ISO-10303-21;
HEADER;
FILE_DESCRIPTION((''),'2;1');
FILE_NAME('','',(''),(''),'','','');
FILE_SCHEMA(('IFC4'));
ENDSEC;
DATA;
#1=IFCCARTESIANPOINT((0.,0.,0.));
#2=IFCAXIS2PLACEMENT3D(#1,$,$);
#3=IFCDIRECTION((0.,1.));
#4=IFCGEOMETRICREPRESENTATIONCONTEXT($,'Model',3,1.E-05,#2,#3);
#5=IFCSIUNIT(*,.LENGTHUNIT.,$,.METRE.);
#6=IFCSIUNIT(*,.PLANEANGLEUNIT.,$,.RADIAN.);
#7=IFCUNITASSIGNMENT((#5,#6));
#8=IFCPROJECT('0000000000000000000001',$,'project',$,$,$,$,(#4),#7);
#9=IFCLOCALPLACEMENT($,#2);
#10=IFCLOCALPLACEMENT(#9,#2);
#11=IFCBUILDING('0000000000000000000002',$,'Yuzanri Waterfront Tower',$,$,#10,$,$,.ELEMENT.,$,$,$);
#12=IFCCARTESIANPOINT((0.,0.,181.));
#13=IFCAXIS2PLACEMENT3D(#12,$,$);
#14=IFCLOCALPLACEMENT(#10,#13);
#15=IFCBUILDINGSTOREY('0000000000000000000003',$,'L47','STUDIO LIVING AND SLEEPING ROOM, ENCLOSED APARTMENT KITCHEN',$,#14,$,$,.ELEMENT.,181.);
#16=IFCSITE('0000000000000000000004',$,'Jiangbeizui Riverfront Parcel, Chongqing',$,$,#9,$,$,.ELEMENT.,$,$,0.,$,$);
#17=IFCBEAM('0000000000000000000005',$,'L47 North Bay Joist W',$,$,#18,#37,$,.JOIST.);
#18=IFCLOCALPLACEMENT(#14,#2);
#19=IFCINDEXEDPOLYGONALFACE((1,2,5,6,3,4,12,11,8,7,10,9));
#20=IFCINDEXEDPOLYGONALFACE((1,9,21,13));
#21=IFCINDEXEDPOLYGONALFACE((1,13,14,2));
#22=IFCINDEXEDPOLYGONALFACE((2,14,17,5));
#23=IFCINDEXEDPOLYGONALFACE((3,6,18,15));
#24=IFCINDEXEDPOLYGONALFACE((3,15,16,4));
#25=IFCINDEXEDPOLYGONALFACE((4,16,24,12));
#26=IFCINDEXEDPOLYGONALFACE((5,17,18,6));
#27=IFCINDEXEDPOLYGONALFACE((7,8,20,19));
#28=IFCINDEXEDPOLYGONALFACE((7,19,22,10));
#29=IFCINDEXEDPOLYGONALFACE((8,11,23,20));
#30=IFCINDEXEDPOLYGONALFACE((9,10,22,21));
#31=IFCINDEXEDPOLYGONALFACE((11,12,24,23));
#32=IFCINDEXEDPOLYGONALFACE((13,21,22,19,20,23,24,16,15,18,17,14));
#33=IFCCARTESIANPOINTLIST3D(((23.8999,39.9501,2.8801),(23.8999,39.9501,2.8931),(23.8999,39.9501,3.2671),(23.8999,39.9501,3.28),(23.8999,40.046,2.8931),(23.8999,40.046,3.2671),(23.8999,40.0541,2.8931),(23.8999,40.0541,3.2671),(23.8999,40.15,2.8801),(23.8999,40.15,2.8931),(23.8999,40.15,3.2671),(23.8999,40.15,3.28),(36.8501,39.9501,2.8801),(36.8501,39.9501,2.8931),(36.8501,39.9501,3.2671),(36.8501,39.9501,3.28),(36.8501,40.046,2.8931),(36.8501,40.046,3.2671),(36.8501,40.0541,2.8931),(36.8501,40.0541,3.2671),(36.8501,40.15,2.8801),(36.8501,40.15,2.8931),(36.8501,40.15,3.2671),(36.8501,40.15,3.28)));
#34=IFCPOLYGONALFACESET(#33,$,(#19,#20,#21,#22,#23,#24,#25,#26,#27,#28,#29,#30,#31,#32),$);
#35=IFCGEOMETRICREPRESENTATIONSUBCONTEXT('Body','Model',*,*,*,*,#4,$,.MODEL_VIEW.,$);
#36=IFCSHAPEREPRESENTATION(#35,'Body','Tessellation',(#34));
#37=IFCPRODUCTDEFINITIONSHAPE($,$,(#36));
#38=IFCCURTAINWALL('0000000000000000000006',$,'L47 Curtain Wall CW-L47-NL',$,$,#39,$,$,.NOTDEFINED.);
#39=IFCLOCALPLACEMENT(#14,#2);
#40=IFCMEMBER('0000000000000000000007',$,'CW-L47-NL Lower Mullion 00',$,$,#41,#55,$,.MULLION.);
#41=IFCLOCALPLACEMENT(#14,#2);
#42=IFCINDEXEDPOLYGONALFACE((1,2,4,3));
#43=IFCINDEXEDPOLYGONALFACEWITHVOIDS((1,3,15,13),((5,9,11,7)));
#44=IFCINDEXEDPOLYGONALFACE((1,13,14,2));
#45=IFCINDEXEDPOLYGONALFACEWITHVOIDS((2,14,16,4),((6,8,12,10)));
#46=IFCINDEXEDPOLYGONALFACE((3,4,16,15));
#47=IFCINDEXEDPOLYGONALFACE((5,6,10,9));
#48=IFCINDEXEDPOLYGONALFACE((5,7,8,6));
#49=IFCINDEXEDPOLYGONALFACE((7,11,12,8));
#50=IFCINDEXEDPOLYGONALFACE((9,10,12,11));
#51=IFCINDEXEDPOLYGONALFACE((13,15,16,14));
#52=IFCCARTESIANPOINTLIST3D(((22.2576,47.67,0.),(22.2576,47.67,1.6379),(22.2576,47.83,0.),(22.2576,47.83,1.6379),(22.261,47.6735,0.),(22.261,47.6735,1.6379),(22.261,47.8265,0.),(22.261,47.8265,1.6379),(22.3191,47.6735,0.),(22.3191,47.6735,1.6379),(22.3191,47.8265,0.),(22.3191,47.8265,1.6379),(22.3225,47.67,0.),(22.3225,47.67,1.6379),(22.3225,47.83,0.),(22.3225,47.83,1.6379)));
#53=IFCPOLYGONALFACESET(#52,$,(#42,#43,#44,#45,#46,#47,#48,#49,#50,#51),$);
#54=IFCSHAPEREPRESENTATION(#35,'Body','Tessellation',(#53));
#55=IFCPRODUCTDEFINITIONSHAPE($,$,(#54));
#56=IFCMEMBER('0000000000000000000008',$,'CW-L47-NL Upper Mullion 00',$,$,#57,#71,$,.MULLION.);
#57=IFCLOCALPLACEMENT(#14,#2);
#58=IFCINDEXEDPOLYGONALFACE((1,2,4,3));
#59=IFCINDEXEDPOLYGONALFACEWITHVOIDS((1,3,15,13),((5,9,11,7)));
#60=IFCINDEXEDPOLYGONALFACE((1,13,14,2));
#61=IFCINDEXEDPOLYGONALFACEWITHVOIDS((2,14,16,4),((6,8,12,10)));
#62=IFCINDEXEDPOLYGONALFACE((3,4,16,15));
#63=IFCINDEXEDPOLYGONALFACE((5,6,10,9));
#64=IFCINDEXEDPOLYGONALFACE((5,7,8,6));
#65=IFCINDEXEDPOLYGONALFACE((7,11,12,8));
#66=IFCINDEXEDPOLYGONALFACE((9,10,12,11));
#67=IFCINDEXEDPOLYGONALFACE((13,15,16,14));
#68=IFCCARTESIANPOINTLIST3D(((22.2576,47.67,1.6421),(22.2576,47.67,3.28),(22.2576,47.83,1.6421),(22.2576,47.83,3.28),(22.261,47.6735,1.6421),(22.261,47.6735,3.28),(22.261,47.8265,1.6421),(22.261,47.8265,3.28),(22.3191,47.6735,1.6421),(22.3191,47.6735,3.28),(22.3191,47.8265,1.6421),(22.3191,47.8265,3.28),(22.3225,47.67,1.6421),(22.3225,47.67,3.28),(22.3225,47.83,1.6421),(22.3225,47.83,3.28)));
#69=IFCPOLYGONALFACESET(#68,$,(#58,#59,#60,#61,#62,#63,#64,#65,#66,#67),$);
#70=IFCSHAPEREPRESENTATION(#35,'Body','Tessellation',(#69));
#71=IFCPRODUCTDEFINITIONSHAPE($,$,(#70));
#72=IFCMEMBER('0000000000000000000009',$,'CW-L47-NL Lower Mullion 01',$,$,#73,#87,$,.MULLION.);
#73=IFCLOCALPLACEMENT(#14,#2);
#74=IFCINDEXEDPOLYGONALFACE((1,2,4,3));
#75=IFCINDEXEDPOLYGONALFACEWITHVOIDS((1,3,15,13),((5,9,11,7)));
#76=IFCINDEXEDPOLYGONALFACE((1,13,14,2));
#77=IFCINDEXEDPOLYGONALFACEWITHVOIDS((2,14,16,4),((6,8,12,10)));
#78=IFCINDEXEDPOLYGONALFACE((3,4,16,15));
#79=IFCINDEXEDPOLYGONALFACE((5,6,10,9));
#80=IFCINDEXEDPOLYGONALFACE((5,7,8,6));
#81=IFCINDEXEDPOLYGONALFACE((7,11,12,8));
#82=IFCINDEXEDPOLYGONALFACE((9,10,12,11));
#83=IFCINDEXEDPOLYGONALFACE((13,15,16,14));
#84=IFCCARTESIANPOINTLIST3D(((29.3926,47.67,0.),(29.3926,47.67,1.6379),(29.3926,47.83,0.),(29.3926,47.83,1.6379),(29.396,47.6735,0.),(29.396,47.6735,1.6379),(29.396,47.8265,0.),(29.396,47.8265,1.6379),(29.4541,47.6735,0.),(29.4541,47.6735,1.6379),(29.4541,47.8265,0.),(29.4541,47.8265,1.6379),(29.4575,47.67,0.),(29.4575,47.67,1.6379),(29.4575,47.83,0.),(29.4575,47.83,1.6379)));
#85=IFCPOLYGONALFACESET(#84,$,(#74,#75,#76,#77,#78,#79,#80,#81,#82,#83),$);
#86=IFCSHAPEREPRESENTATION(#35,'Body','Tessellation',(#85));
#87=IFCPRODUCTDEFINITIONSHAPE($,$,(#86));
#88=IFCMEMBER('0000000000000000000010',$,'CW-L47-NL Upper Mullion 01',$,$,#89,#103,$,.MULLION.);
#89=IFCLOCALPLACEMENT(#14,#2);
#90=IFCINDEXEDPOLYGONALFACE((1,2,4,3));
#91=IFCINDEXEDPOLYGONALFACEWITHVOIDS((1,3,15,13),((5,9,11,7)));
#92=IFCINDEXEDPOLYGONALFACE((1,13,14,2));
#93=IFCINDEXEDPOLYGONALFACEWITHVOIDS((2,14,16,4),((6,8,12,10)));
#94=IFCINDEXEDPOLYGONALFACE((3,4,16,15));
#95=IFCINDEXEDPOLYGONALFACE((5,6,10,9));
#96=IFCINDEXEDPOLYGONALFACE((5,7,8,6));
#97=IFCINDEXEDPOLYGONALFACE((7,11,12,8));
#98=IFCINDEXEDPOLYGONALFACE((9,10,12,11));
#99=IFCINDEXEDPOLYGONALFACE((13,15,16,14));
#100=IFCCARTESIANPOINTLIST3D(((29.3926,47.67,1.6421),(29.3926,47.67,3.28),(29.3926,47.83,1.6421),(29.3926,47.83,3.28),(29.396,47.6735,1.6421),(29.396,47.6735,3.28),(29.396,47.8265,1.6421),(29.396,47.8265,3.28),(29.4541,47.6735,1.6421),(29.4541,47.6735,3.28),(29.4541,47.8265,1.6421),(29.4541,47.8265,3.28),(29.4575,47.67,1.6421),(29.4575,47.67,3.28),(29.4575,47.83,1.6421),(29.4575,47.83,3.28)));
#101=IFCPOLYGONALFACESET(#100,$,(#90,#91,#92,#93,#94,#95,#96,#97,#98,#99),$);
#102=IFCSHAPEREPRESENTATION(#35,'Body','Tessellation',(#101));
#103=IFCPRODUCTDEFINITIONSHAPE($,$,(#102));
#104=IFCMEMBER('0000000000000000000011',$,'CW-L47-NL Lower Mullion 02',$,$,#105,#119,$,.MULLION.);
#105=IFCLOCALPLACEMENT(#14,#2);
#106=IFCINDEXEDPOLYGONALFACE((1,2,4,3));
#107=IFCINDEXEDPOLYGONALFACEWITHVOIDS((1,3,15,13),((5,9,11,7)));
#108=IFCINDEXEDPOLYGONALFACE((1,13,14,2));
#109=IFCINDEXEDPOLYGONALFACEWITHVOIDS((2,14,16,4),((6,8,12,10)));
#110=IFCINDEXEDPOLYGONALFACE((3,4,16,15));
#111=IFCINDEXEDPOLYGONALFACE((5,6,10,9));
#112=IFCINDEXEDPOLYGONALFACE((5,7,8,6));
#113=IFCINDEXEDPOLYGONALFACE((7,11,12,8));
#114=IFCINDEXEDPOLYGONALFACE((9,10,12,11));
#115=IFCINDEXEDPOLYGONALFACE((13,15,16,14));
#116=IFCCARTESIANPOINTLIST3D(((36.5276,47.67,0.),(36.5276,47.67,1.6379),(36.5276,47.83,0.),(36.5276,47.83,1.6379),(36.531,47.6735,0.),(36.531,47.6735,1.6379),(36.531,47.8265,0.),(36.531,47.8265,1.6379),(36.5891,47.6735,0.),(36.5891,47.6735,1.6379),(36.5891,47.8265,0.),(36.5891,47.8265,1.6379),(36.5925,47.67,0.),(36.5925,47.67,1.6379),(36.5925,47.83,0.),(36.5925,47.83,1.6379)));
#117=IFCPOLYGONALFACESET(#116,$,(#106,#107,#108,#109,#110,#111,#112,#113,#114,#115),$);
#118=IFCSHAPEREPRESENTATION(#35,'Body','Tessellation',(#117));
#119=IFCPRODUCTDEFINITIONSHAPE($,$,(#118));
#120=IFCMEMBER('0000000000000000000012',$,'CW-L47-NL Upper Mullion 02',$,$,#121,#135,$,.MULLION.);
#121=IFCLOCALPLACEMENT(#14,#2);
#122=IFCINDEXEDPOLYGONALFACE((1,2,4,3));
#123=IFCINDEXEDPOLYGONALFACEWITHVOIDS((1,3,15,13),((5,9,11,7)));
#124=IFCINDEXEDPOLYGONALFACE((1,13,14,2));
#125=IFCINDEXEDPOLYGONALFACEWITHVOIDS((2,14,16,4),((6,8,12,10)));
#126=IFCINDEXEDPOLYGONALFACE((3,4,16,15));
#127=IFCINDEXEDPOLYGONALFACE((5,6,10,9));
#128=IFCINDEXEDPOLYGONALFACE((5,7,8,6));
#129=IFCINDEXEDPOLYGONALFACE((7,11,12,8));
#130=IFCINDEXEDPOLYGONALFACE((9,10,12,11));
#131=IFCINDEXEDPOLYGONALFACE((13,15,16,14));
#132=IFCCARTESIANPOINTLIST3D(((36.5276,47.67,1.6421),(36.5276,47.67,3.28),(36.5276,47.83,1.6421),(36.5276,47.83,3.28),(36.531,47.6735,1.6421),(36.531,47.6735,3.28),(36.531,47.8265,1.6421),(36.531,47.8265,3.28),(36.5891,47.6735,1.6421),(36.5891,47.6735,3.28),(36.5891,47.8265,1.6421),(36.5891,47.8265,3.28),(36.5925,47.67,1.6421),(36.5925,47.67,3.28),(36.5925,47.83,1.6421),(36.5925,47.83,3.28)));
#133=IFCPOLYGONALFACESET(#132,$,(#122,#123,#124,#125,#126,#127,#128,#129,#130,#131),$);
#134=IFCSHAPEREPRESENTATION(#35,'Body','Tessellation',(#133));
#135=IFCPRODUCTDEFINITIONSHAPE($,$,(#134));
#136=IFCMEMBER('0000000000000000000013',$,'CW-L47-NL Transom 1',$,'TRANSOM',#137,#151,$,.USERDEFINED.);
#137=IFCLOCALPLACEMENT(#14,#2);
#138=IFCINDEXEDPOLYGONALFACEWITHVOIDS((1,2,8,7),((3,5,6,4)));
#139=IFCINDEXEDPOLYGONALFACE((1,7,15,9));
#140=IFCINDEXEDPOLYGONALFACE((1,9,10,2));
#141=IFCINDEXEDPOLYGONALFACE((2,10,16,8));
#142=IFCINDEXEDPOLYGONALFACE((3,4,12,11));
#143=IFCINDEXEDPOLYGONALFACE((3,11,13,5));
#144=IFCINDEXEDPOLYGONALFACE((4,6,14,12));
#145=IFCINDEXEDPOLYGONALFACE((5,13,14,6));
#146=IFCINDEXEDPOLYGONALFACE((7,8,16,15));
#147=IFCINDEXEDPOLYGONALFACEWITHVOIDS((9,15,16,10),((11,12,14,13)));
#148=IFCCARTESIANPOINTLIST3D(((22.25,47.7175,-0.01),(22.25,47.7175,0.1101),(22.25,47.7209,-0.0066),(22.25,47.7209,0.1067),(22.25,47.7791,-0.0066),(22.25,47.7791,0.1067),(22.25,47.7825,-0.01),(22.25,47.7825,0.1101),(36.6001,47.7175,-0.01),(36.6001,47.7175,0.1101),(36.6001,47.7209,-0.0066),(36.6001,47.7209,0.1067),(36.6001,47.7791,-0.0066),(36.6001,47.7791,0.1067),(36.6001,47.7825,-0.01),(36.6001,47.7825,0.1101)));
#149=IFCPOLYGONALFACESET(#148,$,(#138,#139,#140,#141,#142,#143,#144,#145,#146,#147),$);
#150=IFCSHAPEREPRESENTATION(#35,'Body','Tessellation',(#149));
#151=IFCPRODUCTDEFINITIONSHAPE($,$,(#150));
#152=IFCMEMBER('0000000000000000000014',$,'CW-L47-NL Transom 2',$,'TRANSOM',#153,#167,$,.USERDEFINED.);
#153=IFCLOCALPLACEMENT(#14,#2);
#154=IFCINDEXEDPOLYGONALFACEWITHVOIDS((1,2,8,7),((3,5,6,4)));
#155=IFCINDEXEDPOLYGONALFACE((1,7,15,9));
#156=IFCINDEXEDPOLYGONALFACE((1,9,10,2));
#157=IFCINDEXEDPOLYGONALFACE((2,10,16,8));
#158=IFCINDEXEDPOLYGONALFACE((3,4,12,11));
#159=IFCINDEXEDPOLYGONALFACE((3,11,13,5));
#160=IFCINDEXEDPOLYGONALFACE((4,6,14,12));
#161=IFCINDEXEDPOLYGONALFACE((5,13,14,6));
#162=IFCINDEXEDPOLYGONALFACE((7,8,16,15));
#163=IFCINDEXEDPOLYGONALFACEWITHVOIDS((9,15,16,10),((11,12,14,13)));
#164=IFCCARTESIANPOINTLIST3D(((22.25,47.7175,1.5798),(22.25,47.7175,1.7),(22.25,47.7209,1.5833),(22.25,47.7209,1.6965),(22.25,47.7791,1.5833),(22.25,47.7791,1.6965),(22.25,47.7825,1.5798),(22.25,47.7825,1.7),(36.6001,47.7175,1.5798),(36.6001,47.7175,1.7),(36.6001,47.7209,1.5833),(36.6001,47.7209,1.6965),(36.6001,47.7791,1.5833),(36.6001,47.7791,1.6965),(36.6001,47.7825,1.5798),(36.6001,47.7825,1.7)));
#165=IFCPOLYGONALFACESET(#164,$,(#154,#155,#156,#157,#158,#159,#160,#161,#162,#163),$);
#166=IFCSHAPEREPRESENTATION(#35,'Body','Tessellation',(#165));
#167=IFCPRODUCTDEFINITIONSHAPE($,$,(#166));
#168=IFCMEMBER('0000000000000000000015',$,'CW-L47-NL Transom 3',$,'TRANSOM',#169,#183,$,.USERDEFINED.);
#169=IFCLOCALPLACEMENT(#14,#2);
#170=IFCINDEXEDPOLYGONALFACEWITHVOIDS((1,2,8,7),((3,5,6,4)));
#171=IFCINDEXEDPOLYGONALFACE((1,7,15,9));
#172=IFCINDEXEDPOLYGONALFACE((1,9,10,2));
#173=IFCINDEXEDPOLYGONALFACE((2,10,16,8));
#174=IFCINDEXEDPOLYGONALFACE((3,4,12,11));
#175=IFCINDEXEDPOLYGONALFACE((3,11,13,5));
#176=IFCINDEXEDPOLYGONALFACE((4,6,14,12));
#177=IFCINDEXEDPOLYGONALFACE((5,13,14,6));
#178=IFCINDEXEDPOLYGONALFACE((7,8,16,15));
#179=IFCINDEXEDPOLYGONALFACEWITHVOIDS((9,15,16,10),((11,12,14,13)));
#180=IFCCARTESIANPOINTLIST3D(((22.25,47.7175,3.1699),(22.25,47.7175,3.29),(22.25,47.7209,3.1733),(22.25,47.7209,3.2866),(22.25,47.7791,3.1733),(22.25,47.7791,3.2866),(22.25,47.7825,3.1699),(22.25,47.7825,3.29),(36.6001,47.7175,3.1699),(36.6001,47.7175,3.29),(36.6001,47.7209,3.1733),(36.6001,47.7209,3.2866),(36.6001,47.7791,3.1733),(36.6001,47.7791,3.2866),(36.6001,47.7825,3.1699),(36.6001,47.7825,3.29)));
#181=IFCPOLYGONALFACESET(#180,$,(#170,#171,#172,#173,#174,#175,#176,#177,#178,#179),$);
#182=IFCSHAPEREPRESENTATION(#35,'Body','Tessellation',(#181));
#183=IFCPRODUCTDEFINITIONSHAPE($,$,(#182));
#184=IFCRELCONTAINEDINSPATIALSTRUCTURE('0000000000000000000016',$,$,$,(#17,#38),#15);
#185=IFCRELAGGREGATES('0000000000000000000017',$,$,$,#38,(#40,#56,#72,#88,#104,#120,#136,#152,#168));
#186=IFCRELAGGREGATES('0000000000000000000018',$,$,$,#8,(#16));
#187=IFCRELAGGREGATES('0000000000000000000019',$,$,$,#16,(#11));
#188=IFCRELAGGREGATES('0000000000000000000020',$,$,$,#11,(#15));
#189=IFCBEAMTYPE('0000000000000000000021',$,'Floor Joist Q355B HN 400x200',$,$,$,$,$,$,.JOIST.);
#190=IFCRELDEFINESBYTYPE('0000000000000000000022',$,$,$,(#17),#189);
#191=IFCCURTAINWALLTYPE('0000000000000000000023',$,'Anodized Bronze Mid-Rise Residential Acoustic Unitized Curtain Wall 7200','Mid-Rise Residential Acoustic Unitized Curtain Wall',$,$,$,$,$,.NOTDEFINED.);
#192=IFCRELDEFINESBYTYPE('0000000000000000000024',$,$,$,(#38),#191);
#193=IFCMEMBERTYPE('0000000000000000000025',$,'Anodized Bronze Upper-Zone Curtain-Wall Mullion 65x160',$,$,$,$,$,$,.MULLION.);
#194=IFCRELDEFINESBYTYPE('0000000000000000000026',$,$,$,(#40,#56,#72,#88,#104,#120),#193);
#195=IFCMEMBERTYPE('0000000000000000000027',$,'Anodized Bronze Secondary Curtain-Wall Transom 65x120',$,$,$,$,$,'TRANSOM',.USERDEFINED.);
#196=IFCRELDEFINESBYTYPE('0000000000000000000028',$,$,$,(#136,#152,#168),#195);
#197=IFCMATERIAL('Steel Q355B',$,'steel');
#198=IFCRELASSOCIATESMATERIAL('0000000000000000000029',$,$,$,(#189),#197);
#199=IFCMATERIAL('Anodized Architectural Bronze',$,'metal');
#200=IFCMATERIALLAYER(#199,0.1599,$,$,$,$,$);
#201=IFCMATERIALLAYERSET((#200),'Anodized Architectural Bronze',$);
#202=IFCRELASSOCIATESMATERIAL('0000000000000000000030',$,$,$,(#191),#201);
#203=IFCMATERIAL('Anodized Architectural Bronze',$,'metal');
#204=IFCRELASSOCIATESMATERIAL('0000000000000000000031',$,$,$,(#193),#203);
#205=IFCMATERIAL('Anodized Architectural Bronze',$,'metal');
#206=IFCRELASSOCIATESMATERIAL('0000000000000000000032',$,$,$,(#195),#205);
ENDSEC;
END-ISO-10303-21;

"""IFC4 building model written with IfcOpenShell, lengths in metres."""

from ifc_helpers import new_model, si_unit, direction, frame, origin, origin_2d, place, context, subcontext, project, spatial, hollow_rectangle, i_section, extrude, source, transform, mapped, material, layer, layer_set, material_profile, profile_set, type_object, element, aggregate, save


model = new_model("IFC4")

# Units and contexts
model_context = context("Model", 3, precision=1e-05, world=origin(), true_north=direction((0.0, 1.0)))
body_context = subcontext(model_context, "Body", "Model", "MODEL_VIEW")
ifc_project = project(units=[si_unit("LENGTHUNIT", "METRE"), si_unit("PLANEANGLEUNIT", "RADIAN")], contexts=[model_context])

# Site, building, storey
site_placement = place(None, origin())
site = spatial("IfcSite", under=ifc_project, at=site_placement, Name="Jiangbeizui Riverfront Parcel, Chongqing", CompositionType="ELEMENT", RefElevation=0.0)
building_placement = place(site_placement, origin())
building = spatial("IfcBuilding", under=site, at=building_placement, Name="Yuzanri Waterfront Tower", CompositionType="ELEMENT")
storey_placement = place(building_placement, frame((0.0, 0.0, 181.0)))
storey = spatial("IfcBuildingStorey", under=building, at=storey_placement, Name="L47", Description="STUDIO LIVING AND SLEEPING ROOM, ENCLOSED APARTMENT KITCHEN", CompositionType="ELEMENT", Elevation=181.0)

# Beam
ifc_material_1 = material(Name="Steel Q355B", Category="steel")
ifc_material_profile_1 = material_profile(ifc_material_1, i_section(OverallWidth=0.2, OverallDepth=0.3999, WebThickness=0.0081, FlangeThickness=0.0129, at=origin_2d()), Name="HN 400x200x8x13")
ifc_profile_set_1 = profile_set([ifc_material_profile_1], Name="Steel Q355B")
beam_type = type_object("IfcBeamType", Name="Floor Joist Q355B HN 400x200", PredefinedType="JOIST", material=ifc_profile_set_1)
shared_shape_1 = source(origin(), body_context, "Body", "SweptSolid", [
    extrude(i_section(OverallWidth=0.2, OverallDepth=0.3999, WebThickness=0.0081, FlangeThickness=0.0129, at=origin_2d()), origin(), (0.0, 0.0, 1.0), 12.9502),
])
beam_placement = place(storey_placement, frame((23.8999, 40.05, 3.0801), z_axis=(1.0, 0.0, 0.0), x_axis=(0.0, 1.0, 0.0)))
element("IfcBeam", 1, at=beam_placement, inside=storey, type_object=beam_type, Name="L47 North Bay Joist W", PredefinedType="JOIST", context=body_context, shape_type="MappedRepresentation", body=[
    mapped(shared_shape_1, transform((0.0, 0.0, 0.0), scale=1.0)),
])

# Curtain wall, members
ifc_material_2 = material(Name="Anodized Architectural Bronze", Category="metal")
ifc_layer_1 = layer(ifc_material_2, 0.1599)
ifc_layer_set_1 = layer_set([ifc_layer_1], Name="Anodized Architectural Bronze")
curtain_wall_type = type_object("IfcCurtainWallType", Name="Anodized Bronze Mid-Rise Residential Acoustic Unitized Curtain Wall 7200", Description="Mid-Rise Residential Acoustic Unitized Curtain Wall", PredefinedType="NOTDEFINED", material=ifc_layer_set_1)
curtain_wall_placement = place(storey_placement, origin())
curtain_wall = element("IfcCurtainWall", 2, at=curtain_wall_placement, inside=storey, type_object=curtain_wall_type, Name="L47 Curtain Wall CW-L47-NL", PredefinedType="NOTDEFINED")
ifc_material_3 = material(Name="Anodized Architectural Bronze", Category="metal")
ifc_material_profile_2 = material_profile(ifc_material_3, hollow_rectangle(XDim=0.0649, YDim=0.1599, WallThickness=0.0034, at=origin_2d()), Name="CWM 65x160")
ifc_profile_set_2 = profile_set([ifc_material_profile_2], Name="Anodized Architectural Bronze")
member_type_1 = type_object("IfcMemberType", Name="Anodized Bronze Upper-Zone Curtain-Wall Mullion 65x160", PredefinedType="MULLION", material=ifc_profile_set_2)
shared_shape_2 = source(origin(), body_context, "Body", "SweptSolid", [
    extrude(hollow_rectangle(XDim=0.0649, YDim=0.1599, WallThickness=0.0034, at=origin_2d()), origin(), (0.0, 0.0, 1.0), 1.6379),
])
member_1_placement = place(storey_placement, frame((22.29, 47.75, 0.0), z_axis=(0.0, 0.0, 1.0), x_axis=(1.0, 0.0, 0.0)))
member_1 = element("IfcMember", 3, at=member_1_placement, type_object=member_type_1, Name="CW-L47-NL Lower Mullion 00", PredefinedType="MULLION", context=body_context, shape_type="MappedRepresentation", body=[
    mapped(shared_shape_2, transform((0.0, 0.0, 0.0), scale=1.0)),
])
member_2_placement = place(storey_placement, frame((22.29, 47.75, 1.6421), z_axis=(0.0, 0.0, 1.0), x_axis=(1.0, 0.0, 0.0)))
member_2 = element("IfcMember", 4, at=member_2_placement, type_object=member_type_1, Name="CW-L47-NL Upper Mullion 00", PredefinedType="MULLION", context=body_context, shape_type="MappedRepresentation", body=[
    mapped(shared_shape_2, transform((0.0, 0.0, 0.0), scale=1.0)),
])
member_3_placement = place(storey_placement, frame((29.425, 47.75, 0.0), z_axis=(0.0, 0.0, 1.0), x_axis=(1.0, 0.0, 0.0)))
member_3 = element("IfcMember", 5, at=member_3_placement, type_object=member_type_1, Name="CW-L47-NL Lower Mullion 01", PredefinedType="MULLION", context=body_context, shape_type="MappedRepresentation", body=[
    mapped(shared_shape_2, transform((0.0, 0.0, 0.0), scale=1.0)),
])
member_4_placement = place(storey_placement, frame((29.425, 47.75, 1.6421), z_axis=(0.0, 0.0, 1.0), x_axis=(1.0, 0.0, 0.0)))
member_4 = element("IfcMember", 6, at=member_4_placement, type_object=member_type_1, Name="CW-L47-NL Upper Mullion 01", PredefinedType="MULLION", context=body_context, shape_type="MappedRepresentation", body=[
    mapped(shared_shape_2, transform((0.0, 0.0, 0.0), scale=1.0)),
])
member_5_placement = place(storey_placement, frame((36.5601, 47.75, 0.0), z_axis=(0.0, 0.0, 1.0), x_axis=(1.0, 0.0, 0.0)))
member_5 = element("IfcMember", 7, at=member_5_placement, type_object=member_type_1, Name="CW-L47-NL Lower Mullion 02", PredefinedType="MULLION", context=body_context, shape_type="MappedRepresentation", body=[
    mapped(shared_shape_2, transform((0.0, 0.0, 0.0), scale=1.0)),
])
member_6_placement = place(storey_placement, frame((36.5601, 47.75, 1.6421), z_axis=(0.0, 0.0, 1.0), x_axis=(1.0, 0.0, 0.0)))
member_6 = element("IfcMember", 8, at=member_6_placement, type_object=member_type_1, Name="CW-L47-NL Upper Mullion 02", PredefinedType="MULLION", context=body_context, shape_type="MappedRepresentation", body=[
    mapped(shared_shape_2, transform((0.0, 0.0, 0.0), scale=1.0)),
])
ifc_material_4 = material(Name="Anodized Architectural Bronze", Category="metal")
ifc_material_profile_3 = material_profile(ifc_material_4, hollow_rectangle(XDim=0.0649, YDim=0.1201, WallThickness=0.0034, at=origin_2d()), Name="CWT 65x120")
ifc_profile_set_3 = profile_set([ifc_material_profile_3], Name="Anodized Architectural Bronze")
member_type_2 = type_object("IfcMemberType", Name="Anodized Bronze Secondary Curtain-Wall Transom 65x120", ElementType="TRANSOM", PredefinedType="USERDEFINED", material=ifc_profile_set_3)
shared_shape_3 = source(origin(), body_context, "Body", "SweptSolid", [
    extrude(hollow_rectangle(XDim=0.0649, YDim=0.1201, WallThickness=0.0034, at=origin_2d()), origin(), (0.0, 0.0, 1.0), 14.3501),
])
member_7_placement = place(storey_placement, frame((22.25, 47.75, 0.05), z_axis=(1.0, 0.0, 0.0), x_axis=(0.0, 1.0, 0.0)))
member_7 = element("IfcMember", 9, at=member_7_placement, type_object=member_type_2, Name="CW-L47-NL Transom 1", ObjectType="TRANSOM", PredefinedType="USERDEFINED", context=body_context, shape_type="MappedRepresentation", body=[
    mapped(shared_shape_3, transform((0.0, 0.0, 0.0), scale=1.0)),
])
member_8_placement = place(storey_placement, frame((22.25, 47.75, 1.6399), z_axis=(1.0, 0.0, 0.0), x_axis=(0.0, 1.0, 0.0)))
member_8 = element("IfcMember", 10, at=member_8_placement, type_object=member_type_2, Name="CW-L47-NL Transom 2", ObjectType="TRANSOM", PredefinedType="USERDEFINED", context=body_context, shape_type="MappedRepresentation", body=[
    mapped(shared_shape_3, transform((0.0, 0.0, 0.0), scale=1.0)),
])
member_9_placement = place(storey_placement, frame((22.25, 47.75, 3.23), z_axis=(1.0, 0.0, 0.0), x_axis=(0.0, 1.0, 0.0)))
member_9 = element("IfcMember", 11, at=member_9_placement, type_object=member_type_2, Name="CW-L47-NL Transom 3", ObjectType="TRANSOM", PredefinedType="USERDEFINED", context=body_context, shape_type="MappedRepresentation", body=[
    mapped(shared_shape_3, transform((0.0, 0.0, 0.0), scale=1.0)),
])
aggregate(curtain_wall, [member_1, member_2, member_3, member_4, member_5, member_6, member_7, member_8, member_9])

save(model, "model.ifc")
